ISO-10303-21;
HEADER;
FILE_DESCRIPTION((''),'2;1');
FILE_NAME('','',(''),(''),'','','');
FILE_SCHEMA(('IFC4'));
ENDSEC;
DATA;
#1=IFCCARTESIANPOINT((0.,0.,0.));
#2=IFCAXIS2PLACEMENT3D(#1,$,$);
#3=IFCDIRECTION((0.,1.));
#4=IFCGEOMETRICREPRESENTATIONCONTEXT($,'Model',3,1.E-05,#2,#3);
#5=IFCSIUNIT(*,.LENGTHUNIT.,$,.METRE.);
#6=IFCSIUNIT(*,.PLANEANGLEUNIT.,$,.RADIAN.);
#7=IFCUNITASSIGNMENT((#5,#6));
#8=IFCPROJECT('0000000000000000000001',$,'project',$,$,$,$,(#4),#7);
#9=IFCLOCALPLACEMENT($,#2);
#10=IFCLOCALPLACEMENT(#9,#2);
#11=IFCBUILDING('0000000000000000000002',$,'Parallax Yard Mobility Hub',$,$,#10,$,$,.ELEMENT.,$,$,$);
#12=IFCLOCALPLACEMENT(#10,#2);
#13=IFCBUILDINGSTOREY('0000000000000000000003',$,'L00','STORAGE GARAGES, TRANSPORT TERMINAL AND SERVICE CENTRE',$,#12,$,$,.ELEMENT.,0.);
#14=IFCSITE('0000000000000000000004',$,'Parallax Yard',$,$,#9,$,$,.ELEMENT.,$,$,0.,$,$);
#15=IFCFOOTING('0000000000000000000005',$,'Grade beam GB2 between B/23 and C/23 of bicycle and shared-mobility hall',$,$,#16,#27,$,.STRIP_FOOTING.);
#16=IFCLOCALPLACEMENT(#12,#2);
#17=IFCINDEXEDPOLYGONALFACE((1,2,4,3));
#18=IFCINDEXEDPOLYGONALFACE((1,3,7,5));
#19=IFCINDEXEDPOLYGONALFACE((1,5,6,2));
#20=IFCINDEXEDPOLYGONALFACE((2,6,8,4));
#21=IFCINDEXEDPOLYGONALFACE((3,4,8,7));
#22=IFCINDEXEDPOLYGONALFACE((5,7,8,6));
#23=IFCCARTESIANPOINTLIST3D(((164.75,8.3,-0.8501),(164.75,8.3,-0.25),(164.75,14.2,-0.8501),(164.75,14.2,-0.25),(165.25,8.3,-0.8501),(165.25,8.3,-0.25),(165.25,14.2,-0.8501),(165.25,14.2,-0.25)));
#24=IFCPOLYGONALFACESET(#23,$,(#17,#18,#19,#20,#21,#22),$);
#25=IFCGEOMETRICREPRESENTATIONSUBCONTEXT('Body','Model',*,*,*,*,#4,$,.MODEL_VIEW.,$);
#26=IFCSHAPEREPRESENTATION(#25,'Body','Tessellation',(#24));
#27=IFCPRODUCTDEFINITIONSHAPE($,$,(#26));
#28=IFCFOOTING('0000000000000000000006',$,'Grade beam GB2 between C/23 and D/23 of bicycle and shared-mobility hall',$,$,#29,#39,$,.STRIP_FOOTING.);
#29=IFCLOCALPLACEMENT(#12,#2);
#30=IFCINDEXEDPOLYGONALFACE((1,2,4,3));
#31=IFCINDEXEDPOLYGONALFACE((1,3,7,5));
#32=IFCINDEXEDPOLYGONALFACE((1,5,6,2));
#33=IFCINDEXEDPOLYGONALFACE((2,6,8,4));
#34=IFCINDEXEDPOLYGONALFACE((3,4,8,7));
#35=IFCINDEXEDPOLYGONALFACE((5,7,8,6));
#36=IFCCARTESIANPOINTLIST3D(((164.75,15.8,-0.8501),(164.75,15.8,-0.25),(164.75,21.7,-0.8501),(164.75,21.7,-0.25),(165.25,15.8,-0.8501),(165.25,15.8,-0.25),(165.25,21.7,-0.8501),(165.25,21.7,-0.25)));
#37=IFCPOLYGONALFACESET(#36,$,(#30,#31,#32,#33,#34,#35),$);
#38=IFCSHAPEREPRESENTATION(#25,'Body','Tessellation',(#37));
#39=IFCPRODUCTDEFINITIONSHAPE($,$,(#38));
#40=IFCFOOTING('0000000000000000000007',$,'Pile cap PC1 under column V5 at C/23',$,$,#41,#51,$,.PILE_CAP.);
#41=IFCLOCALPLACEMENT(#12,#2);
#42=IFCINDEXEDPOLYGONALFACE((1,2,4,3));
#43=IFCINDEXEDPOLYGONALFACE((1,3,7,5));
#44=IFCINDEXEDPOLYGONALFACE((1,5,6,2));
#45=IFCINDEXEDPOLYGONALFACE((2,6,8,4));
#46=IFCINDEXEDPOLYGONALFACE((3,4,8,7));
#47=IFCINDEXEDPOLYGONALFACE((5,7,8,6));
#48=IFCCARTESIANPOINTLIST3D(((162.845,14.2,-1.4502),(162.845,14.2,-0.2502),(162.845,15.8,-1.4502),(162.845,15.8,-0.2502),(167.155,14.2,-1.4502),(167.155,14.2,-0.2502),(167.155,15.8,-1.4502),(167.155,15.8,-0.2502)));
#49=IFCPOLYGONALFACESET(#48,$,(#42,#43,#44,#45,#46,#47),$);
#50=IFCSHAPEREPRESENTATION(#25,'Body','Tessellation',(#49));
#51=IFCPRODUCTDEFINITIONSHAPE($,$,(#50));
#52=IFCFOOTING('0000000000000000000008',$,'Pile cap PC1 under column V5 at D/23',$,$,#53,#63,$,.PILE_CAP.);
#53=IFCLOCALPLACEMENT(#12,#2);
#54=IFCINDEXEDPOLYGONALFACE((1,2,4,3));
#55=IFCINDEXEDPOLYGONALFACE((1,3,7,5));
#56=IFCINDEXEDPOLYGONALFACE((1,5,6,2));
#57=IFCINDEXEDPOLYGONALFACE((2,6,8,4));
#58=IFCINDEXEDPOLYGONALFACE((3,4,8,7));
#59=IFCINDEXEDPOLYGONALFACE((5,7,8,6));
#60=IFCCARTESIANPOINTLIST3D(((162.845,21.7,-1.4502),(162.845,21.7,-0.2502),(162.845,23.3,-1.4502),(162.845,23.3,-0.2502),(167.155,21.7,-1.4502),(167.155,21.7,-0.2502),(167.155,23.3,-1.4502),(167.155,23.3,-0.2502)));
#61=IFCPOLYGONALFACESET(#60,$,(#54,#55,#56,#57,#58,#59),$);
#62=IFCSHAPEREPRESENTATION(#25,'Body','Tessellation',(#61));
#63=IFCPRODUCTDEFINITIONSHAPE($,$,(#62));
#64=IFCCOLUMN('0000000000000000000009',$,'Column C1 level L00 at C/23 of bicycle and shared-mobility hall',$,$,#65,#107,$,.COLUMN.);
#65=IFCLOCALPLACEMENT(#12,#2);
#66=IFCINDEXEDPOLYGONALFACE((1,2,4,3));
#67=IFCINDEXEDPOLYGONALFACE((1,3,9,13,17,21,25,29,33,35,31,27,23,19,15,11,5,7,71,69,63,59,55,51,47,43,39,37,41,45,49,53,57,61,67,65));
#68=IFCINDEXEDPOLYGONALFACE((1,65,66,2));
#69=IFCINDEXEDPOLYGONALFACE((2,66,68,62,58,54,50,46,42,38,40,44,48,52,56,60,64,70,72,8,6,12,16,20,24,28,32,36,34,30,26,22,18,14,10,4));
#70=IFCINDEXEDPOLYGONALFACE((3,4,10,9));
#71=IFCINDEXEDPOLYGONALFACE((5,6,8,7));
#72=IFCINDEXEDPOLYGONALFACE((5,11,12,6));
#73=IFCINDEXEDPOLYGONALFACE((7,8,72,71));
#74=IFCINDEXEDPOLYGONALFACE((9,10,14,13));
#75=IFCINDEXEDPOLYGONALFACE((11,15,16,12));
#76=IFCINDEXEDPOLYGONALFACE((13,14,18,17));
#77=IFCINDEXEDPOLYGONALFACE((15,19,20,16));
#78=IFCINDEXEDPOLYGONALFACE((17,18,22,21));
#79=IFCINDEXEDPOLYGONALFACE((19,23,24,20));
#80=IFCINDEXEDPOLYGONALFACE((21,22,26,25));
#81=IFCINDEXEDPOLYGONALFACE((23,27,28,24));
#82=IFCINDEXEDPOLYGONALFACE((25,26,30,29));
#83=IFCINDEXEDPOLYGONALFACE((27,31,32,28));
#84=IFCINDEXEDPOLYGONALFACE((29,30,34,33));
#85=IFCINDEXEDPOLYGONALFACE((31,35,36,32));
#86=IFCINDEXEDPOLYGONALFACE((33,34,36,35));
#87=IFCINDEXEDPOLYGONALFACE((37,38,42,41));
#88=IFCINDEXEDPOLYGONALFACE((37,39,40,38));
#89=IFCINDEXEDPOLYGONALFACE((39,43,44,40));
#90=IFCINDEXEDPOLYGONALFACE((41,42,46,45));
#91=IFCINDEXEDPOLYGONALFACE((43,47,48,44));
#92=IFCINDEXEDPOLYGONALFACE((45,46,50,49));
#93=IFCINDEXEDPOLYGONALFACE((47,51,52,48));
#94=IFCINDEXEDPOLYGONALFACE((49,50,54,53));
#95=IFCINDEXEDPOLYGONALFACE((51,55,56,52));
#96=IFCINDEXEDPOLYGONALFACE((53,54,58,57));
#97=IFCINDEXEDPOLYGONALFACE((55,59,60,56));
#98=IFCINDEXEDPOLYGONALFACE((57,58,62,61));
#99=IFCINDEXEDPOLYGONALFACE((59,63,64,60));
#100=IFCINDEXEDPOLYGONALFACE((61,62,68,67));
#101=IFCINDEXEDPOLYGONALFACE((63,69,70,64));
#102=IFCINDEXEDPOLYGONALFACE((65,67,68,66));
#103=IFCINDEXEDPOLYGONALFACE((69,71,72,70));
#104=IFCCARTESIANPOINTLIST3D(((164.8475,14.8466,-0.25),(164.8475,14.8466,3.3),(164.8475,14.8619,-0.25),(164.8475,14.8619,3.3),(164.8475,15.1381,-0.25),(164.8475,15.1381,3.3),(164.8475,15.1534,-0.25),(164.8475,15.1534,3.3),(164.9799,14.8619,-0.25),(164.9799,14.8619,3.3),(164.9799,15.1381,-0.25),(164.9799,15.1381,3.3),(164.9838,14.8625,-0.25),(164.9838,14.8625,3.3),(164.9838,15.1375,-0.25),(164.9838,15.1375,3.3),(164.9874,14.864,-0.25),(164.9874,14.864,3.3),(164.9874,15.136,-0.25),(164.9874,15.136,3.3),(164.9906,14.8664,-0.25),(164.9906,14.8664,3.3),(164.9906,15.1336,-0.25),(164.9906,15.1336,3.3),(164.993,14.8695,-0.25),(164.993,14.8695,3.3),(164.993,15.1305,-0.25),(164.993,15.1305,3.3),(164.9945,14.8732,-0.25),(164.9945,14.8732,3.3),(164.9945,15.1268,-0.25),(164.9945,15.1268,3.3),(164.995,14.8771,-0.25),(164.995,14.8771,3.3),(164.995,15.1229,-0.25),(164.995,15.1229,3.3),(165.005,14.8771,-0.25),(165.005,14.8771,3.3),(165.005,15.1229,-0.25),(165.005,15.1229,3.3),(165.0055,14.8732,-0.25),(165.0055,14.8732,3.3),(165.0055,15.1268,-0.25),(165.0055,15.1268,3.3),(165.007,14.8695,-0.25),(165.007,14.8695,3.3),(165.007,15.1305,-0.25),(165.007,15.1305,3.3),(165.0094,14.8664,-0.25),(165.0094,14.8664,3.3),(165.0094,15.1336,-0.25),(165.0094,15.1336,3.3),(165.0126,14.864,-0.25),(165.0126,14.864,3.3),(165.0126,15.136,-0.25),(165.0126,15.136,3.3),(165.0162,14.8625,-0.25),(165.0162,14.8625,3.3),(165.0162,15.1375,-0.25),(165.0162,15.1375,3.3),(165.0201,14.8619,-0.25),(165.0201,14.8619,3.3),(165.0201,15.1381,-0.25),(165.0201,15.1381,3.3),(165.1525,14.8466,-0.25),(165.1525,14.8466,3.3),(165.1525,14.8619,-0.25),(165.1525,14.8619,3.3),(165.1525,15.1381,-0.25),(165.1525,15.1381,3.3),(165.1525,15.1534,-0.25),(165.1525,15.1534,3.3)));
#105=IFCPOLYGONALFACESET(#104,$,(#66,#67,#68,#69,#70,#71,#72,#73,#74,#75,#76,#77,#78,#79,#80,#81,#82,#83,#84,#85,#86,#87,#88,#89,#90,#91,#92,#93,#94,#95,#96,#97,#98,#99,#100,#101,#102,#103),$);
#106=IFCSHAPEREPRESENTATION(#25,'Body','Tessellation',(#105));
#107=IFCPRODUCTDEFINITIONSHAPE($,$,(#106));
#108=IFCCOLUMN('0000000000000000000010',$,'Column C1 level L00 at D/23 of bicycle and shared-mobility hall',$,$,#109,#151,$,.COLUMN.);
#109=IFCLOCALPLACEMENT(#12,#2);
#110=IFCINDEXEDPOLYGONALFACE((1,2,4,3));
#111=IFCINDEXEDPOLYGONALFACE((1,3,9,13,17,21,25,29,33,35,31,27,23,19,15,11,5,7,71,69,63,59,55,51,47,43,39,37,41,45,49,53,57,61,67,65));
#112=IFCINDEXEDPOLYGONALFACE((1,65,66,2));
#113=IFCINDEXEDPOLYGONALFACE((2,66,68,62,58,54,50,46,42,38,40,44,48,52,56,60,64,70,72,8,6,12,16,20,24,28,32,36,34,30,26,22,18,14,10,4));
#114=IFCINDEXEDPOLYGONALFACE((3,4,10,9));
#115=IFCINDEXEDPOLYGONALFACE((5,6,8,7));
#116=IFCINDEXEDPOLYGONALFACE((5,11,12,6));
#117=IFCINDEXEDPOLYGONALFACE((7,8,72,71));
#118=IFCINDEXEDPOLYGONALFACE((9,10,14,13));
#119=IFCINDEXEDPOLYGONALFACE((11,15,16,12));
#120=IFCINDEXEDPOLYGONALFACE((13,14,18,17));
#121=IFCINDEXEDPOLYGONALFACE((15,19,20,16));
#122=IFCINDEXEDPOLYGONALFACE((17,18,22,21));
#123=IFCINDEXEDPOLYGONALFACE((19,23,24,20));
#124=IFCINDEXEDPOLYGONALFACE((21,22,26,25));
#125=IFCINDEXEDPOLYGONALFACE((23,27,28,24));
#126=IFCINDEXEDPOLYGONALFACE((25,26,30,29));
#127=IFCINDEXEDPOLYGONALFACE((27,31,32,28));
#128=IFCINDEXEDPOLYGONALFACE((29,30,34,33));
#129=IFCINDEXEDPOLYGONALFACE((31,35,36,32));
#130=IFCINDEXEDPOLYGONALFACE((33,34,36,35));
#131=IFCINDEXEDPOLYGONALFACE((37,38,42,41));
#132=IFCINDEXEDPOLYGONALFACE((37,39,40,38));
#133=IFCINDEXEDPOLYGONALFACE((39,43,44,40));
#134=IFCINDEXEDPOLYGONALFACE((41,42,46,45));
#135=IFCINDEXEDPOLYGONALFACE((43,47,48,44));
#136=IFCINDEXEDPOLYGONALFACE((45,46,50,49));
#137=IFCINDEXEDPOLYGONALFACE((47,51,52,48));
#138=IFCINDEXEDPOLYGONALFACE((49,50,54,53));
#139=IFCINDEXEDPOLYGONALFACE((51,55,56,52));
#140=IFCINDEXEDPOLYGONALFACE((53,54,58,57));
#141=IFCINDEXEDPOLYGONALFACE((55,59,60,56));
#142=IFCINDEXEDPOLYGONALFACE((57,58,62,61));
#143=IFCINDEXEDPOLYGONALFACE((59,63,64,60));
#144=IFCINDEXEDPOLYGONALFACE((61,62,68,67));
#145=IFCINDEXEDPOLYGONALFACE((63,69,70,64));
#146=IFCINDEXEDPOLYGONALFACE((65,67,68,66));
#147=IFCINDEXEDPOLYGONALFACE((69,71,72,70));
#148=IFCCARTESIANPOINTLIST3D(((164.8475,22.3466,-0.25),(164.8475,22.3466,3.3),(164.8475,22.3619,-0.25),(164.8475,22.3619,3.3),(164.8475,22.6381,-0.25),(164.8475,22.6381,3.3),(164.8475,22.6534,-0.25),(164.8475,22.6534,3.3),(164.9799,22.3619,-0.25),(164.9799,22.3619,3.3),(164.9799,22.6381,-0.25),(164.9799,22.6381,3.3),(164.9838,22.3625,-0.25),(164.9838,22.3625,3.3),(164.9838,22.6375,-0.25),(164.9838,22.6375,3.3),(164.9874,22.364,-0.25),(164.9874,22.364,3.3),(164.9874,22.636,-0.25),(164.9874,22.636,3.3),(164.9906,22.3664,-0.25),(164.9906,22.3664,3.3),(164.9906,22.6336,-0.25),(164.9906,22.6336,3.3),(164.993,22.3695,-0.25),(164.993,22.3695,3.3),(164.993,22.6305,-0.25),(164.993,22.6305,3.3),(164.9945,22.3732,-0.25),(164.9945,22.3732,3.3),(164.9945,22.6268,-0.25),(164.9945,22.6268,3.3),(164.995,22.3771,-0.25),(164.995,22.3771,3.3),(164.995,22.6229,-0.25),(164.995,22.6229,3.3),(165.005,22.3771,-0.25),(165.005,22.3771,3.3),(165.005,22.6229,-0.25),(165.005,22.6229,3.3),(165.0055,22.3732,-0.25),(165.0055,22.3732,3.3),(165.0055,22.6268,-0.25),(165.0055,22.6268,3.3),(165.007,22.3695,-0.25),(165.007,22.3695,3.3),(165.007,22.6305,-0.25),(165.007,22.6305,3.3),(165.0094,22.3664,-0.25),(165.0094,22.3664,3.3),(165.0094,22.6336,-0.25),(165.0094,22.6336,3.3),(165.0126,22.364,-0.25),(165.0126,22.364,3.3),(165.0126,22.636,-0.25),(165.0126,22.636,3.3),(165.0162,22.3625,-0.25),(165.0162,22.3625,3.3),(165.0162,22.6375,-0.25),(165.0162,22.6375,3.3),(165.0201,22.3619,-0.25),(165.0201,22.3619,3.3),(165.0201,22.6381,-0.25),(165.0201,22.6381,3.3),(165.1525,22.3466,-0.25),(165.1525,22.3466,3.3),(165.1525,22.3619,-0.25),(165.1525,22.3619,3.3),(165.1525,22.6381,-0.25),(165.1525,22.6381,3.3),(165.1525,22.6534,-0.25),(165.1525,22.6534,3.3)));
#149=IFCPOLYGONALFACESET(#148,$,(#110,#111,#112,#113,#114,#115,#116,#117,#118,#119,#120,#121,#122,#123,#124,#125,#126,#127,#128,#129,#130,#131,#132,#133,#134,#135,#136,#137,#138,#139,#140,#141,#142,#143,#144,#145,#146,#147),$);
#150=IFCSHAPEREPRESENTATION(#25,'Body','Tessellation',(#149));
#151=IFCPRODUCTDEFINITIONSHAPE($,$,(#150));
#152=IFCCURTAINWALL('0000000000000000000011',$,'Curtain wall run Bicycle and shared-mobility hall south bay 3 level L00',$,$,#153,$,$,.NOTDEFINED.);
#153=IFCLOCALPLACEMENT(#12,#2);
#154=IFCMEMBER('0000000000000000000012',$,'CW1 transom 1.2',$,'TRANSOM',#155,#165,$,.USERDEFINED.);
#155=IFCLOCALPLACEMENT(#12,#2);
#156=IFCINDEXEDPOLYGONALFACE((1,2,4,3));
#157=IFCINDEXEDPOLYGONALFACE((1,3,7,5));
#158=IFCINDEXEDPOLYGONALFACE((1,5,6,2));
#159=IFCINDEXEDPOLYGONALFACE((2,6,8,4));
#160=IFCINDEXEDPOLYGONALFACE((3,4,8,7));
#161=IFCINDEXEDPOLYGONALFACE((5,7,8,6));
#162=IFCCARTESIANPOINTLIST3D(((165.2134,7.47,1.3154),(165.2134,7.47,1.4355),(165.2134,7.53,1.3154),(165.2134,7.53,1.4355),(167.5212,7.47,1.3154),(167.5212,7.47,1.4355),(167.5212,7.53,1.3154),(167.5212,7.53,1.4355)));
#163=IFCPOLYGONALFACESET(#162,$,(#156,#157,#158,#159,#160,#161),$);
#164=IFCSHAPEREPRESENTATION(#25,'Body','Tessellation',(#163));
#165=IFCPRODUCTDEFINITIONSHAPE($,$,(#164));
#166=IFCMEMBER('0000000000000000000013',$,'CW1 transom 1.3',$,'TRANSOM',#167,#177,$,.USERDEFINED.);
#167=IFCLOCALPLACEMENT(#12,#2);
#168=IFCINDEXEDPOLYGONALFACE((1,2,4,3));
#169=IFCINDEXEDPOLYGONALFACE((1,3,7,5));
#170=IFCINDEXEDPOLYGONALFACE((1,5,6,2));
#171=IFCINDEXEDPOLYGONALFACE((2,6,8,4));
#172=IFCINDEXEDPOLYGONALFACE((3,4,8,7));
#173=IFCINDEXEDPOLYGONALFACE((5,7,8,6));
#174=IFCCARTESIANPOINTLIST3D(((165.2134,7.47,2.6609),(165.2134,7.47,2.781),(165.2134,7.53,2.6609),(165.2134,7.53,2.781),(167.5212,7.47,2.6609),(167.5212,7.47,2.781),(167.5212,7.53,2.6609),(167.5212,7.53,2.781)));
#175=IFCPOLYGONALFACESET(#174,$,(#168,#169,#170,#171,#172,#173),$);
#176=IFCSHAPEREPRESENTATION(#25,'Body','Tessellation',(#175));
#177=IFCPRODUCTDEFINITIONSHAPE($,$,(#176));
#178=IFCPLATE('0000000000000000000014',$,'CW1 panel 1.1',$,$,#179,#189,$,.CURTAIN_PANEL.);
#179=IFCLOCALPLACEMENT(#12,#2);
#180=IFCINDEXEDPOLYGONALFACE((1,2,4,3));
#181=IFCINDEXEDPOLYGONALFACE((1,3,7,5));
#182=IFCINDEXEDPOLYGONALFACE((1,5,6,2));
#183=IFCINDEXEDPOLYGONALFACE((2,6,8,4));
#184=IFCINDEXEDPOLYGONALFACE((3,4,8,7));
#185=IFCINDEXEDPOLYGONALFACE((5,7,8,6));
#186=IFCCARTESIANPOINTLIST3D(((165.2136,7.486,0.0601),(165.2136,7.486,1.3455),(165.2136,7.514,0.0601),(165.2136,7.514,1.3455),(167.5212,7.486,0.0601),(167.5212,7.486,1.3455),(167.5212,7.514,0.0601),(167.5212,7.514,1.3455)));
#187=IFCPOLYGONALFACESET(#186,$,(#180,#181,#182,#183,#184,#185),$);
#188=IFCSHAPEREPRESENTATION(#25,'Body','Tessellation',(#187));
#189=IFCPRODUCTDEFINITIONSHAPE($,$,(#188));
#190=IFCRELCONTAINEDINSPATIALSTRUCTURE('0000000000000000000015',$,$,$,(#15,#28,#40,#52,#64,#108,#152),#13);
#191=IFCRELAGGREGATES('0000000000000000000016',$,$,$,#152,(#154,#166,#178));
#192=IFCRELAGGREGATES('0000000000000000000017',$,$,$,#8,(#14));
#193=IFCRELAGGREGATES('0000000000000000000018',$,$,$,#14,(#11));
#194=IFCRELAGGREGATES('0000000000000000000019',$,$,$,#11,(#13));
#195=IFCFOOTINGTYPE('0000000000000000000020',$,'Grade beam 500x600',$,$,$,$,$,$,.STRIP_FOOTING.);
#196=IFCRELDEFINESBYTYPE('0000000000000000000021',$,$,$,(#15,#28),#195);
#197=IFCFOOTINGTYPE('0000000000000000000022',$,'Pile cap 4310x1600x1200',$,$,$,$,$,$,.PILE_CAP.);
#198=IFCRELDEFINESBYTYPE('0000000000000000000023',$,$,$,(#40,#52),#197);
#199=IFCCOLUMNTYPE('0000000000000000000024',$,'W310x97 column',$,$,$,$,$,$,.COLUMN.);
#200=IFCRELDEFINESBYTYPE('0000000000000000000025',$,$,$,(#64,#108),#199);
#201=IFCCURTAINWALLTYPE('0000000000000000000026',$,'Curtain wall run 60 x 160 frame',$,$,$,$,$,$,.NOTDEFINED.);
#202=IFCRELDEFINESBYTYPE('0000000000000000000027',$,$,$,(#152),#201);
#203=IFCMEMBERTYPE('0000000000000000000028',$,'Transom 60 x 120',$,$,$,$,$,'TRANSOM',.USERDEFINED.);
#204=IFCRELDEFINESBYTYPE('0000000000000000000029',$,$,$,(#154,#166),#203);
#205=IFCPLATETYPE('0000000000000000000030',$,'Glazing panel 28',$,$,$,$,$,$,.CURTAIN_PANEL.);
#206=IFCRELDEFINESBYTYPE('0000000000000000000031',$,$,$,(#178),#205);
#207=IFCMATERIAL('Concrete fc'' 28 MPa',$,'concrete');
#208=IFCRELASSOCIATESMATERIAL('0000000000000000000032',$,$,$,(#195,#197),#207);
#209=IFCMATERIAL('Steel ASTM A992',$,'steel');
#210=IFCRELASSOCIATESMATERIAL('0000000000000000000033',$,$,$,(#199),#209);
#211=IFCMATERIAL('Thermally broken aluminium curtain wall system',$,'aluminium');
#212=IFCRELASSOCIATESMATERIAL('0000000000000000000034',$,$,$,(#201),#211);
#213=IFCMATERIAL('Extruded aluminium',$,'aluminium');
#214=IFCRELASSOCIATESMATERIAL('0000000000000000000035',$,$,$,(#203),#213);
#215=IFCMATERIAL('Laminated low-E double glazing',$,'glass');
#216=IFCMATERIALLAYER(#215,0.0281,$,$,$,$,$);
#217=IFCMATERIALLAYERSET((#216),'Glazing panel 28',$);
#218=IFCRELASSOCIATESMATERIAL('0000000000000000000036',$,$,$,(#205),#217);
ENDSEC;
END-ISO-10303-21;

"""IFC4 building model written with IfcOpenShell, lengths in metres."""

from ifc_helpers import new_model, si_unit, direction, frame, origin, origin_2d, place, context, subcontext, project, spatial, rectangle, i_section, extrude, material, layer, layer_set, material_profile, profile_set, type_object, element, aggregate, save


model = new_model("IFC4")

# Units and contexts
model_context = context("Model", 3, precision=1e-05, world=origin(), true_north=direction((0.0, 1.0)))
body_context = subcontext(model_context, "Body", "Model", "MODEL_VIEW")
ifc_project = project(units=[si_unit("LENGTHUNIT", "METRE"), si_unit("PLANEANGLEUNIT", "RADIAN")], contexts=[model_context])

# Site, building, storey
site_placement = place(None, origin())
site = spatial("IfcSite", under=ifc_project, at=site_placement, Name="Parallax Yard", CompositionType="ELEMENT", RefElevation=0.0)
building_placement = place(site_placement, origin())
building = spatial("IfcBuilding", under=site, at=building_placement, Name="Parallax Yard Mobility Hub", CompositionType="ELEMENT")
storey_placement = place(building_placement, origin())
storey = spatial("IfcBuildingStorey", under=building, at=storey_placement, Name="L00", Description="STORAGE GARAGES, TRANSPORT TERMINAL AND SERVICE CENTRE", CompositionType="ELEMENT", Elevation=0.0)

# Shared definitions
ifc_material_1 = material(Name="Concrete fc' 28 MPa", Category="concrete")

# Footings
ifc_material_profile_1 = material_profile(ifc_material_1, rectangle(XDim=0.5, YDim=0.6001, at=origin_2d()), Name="Grade beam 500x600")
ifc_profile_set_1 = profile_set([ifc_material_profile_1], Name="Concrete fc' 28 MPa")
footing_type_1 = type_object("IfcFootingType", Name="Grade beam 500x600", PredefinedType="STRIP_FOOTING", material=ifc_profile_set_1)
for number, where, z_axis, x_axis, name in (
    (1, (165.0, 8.3, -0.55), (0.0, 1.0, 0.0), (-1.0, 0.0, 0.0), "Grade beam GB2 between B/23 and C/23 of bicycle and shared-mobility hall"),
    (2, (165.0, 15.8, -0.55), (0.0, 1.0, 0.0), (-1.0, 0.0, 0.0), "Grade beam GB2 between C/23 and D/23 of bicycle and shared-mobility hall"),
):
    element("IfcFooting", number, at=place(storey_placement, frame(where, z_axis=z_axis, x_axis=x_axis)), inside=storey, type_object=footing_type_1, Name=name, PredefinedType="STRIP_FOOTING", context=body_context, shape_type="SweptSolid", body=[
        extrude(rectangle(XDim=0.5, YDim=0.6001, at=origin_2d()), origin(), (0.0, 0.0, 1.0), 5.8999),
    ])
footing_type_2 = type_object("IfcFootingType", Name="Pile cap 4310x1600x1200", PredefinedType="PILE_CAP", material=ifc_material_1)
for number, where, z_axis, x_axis, name in (
    (3, (165.0, 15.0, -1.4502), (0.0, 0.0, 1.0), (1.0, 0.0, 0.0), "Pile cap PC1 under column V5 at C/23"),
    (4, (165.0, 22.5, -1.4502), (0.0, 0.0, 1.0), (1.0, 0.0, 0.0), "Pile cap PC1 under column V5 at D/23"),
):
    element("IfcFooting", number, at=place(storey_placement, frame(where, z_axis=z_axis, x_axis=x_axis)), inside=storey, type_object=footing_type_2, Name=name, PredefinedType="PILE_CAP", context=body_context, shape_type="SweptSolid", body=[
        extrude(rectangle(XDim=4.3101, YDim=1.6001, at=origin_2d()), origin(), (0.0, 0.0, 1.0), 1.2),
    ])

# Columns
ifc_material_2 = material(Name="Steel ASTM A992", Category="steel")
ifc_material_profile_2 = material_profile(ifc_material_2, i_section(OverallWidth=0.3049, OverallDepth=0.3069, WebThickness=0.01, FlangeThickness=0.0154, FilletRadius=0.0151, at=origin_2d()), Name="W310x97")
ifc_profile_set_2 = profile_set([ifc_material_profile_2], Name="Steel ASTM A992")
column_type = type_object("IfcColumnType", Name="W310x97 column", PredefinedType="COLUMN", material=ifc_profile_set_2)
for number, where, z_axis, x_axis, name in (
    (5, (165.0, 15.0, -0.25), (0.0, 0.0, 1.0), (1.0, 0.0, 0.0), "Column C1 level L00 at C/23 of bicycle and shared-mobility hall"),
    (6, (165.0, 22.5, -0.25), (0.0, 0.0, 1.0), (1.0, 0.0, 0.0), "Column C1 level L00 at D/23 of bicycle and shared-mobility hall"),
):
    element("IfcColumn", number, at=place(storey_placement, frame(where, z_axis=z_axis, x_axis=x_axis)), inside=storey, type_object=column_type, Name=name, PredefinedType="COLUMN", context=body_context, shape_type="SweptSolid", body=[
        extrude(i_section(OverallWidth=0.3049, OverallDepth=0.3069, WebThickness=0.01, FlangeThickness=0.0154, FilletRadius=0.0151, at=origin_2d()), origin(), (0.0, 0.0, 1.0), 3.55),
    ])

# Curtain wall, members, plate
ifc_material_3 = material(Name="Thermally broken aluminium curtain wall system", Category="aluminium")
curtain_wall_type = type_object("IfcCurtainWallType", Name="Curtain wall run 60 x 160 frame", PredefinedType="NOTDEFINED", material=ifc_material_3)
curtain_wall_placement = place(storey_placement, origin())
curtain_wall = element("IfcCurtainWall", 7, at=curtain_wall_placement, inside=storey, type_object=curtain_wall_type, Name="Curtain wall run Bicycle and shared-mobility hall south bay 3 level L00", PredefinedType="NOTDEFINED")
ifc_material_4 = material(Name="Extruded aluminium", Category="aluminium")
ifc_material_profile_3 = material_profile(ifc_material_4, rectangle(XDim=0.0601, YDim=0.1201, at=origin_2d()), Name="Transom 60 x 120")
ifc_profile_set_3 = profile_set([ifc_material_profile_3], Name="Extruded aluminium")
member_type = type_object("IfcMemberType", Name="Transom 60 x 120", ElementType="TRANSOM", PredefinedType="USERDEFINED", material=ifc_profile_set_3)
member_1_placement = place(storey_placement, frame((165.2134, 7.5, 1.3755), z_axis=(1.0, 0.0, 0.0), x_axis=(0.0, 1.0, 0.0)))
member_1 = element("IfcMember", 8, at=member_1_placement, type_object=member_type, Name="CW1 transom 1.2", ObjectType="TRANSOM", PredefinedType="USERDEFINED", context=body_context, shape_type="SweptSolid", body=[
    extrude(rectangle(XDim=0.0601, YDim=0.1201, at=origin_2d()), origin(), (0.0, 0.0, 1.0), 2.3079),
])
member_2_placement = place(storey_placement, frame((165.2134, 7.5, 2.7209), z_axis=(1.0, 0.0, 0.0), x_axis=(0.0, 1.0, 0.0)))
member_2 = element("IfcMember", 9, at=member_2_placement, type_object=member_type, Name="CW1 transom 1.3", ObjectType="TRANSOM", PredefinedType="USERDEFINED", context=body_context, shape_type="SweptSolid", body=[
    extrude(rectangle(XDim=0.0601, YDim=0.1201, at=origin_2d()), origin(), (0.0, 0.0, 1.0), 2.3079),
])
ifc_material_5 = material(Name="Laminated low-E double glazing", Category="glass")
ifc_layer_1 = layer(ifc_material_5, 0.0281)
ifc_layer_set_1 = layer_set([ifc_layer_1], Name="Glazing panel 28")
plate_type = type_object("IfcPlateType", Name="Glazing panel 28", PredefinedType="CURTAIN_PANEL", material=ifc_layer_set_1)
plate_1_placement = place(storey_placement, frame((166.3674, 7.5, 0.0601), z_axis=(0.0, 0.0, 1.0), x_axis=(1.0, 0.0, 0.0)))
plate_1 = element("IfcPlate", 10, at=plate_1_placement, type_object=plate_type, Name="CW1 panel 1.1", PredefinedType="CURTAIN_PANEL", context=body_context, shape_type="SweptSolid", body=[
    extrude(rectangle(XDim=2.3076, YDim=0.0281, at=origin_2d()), origin(), (0.0, 0.0, 1.0), 1.2854),
])
aggregate(curtain_wall, [member_1, member_2, plate_1])

save(model, "model.ifc")
